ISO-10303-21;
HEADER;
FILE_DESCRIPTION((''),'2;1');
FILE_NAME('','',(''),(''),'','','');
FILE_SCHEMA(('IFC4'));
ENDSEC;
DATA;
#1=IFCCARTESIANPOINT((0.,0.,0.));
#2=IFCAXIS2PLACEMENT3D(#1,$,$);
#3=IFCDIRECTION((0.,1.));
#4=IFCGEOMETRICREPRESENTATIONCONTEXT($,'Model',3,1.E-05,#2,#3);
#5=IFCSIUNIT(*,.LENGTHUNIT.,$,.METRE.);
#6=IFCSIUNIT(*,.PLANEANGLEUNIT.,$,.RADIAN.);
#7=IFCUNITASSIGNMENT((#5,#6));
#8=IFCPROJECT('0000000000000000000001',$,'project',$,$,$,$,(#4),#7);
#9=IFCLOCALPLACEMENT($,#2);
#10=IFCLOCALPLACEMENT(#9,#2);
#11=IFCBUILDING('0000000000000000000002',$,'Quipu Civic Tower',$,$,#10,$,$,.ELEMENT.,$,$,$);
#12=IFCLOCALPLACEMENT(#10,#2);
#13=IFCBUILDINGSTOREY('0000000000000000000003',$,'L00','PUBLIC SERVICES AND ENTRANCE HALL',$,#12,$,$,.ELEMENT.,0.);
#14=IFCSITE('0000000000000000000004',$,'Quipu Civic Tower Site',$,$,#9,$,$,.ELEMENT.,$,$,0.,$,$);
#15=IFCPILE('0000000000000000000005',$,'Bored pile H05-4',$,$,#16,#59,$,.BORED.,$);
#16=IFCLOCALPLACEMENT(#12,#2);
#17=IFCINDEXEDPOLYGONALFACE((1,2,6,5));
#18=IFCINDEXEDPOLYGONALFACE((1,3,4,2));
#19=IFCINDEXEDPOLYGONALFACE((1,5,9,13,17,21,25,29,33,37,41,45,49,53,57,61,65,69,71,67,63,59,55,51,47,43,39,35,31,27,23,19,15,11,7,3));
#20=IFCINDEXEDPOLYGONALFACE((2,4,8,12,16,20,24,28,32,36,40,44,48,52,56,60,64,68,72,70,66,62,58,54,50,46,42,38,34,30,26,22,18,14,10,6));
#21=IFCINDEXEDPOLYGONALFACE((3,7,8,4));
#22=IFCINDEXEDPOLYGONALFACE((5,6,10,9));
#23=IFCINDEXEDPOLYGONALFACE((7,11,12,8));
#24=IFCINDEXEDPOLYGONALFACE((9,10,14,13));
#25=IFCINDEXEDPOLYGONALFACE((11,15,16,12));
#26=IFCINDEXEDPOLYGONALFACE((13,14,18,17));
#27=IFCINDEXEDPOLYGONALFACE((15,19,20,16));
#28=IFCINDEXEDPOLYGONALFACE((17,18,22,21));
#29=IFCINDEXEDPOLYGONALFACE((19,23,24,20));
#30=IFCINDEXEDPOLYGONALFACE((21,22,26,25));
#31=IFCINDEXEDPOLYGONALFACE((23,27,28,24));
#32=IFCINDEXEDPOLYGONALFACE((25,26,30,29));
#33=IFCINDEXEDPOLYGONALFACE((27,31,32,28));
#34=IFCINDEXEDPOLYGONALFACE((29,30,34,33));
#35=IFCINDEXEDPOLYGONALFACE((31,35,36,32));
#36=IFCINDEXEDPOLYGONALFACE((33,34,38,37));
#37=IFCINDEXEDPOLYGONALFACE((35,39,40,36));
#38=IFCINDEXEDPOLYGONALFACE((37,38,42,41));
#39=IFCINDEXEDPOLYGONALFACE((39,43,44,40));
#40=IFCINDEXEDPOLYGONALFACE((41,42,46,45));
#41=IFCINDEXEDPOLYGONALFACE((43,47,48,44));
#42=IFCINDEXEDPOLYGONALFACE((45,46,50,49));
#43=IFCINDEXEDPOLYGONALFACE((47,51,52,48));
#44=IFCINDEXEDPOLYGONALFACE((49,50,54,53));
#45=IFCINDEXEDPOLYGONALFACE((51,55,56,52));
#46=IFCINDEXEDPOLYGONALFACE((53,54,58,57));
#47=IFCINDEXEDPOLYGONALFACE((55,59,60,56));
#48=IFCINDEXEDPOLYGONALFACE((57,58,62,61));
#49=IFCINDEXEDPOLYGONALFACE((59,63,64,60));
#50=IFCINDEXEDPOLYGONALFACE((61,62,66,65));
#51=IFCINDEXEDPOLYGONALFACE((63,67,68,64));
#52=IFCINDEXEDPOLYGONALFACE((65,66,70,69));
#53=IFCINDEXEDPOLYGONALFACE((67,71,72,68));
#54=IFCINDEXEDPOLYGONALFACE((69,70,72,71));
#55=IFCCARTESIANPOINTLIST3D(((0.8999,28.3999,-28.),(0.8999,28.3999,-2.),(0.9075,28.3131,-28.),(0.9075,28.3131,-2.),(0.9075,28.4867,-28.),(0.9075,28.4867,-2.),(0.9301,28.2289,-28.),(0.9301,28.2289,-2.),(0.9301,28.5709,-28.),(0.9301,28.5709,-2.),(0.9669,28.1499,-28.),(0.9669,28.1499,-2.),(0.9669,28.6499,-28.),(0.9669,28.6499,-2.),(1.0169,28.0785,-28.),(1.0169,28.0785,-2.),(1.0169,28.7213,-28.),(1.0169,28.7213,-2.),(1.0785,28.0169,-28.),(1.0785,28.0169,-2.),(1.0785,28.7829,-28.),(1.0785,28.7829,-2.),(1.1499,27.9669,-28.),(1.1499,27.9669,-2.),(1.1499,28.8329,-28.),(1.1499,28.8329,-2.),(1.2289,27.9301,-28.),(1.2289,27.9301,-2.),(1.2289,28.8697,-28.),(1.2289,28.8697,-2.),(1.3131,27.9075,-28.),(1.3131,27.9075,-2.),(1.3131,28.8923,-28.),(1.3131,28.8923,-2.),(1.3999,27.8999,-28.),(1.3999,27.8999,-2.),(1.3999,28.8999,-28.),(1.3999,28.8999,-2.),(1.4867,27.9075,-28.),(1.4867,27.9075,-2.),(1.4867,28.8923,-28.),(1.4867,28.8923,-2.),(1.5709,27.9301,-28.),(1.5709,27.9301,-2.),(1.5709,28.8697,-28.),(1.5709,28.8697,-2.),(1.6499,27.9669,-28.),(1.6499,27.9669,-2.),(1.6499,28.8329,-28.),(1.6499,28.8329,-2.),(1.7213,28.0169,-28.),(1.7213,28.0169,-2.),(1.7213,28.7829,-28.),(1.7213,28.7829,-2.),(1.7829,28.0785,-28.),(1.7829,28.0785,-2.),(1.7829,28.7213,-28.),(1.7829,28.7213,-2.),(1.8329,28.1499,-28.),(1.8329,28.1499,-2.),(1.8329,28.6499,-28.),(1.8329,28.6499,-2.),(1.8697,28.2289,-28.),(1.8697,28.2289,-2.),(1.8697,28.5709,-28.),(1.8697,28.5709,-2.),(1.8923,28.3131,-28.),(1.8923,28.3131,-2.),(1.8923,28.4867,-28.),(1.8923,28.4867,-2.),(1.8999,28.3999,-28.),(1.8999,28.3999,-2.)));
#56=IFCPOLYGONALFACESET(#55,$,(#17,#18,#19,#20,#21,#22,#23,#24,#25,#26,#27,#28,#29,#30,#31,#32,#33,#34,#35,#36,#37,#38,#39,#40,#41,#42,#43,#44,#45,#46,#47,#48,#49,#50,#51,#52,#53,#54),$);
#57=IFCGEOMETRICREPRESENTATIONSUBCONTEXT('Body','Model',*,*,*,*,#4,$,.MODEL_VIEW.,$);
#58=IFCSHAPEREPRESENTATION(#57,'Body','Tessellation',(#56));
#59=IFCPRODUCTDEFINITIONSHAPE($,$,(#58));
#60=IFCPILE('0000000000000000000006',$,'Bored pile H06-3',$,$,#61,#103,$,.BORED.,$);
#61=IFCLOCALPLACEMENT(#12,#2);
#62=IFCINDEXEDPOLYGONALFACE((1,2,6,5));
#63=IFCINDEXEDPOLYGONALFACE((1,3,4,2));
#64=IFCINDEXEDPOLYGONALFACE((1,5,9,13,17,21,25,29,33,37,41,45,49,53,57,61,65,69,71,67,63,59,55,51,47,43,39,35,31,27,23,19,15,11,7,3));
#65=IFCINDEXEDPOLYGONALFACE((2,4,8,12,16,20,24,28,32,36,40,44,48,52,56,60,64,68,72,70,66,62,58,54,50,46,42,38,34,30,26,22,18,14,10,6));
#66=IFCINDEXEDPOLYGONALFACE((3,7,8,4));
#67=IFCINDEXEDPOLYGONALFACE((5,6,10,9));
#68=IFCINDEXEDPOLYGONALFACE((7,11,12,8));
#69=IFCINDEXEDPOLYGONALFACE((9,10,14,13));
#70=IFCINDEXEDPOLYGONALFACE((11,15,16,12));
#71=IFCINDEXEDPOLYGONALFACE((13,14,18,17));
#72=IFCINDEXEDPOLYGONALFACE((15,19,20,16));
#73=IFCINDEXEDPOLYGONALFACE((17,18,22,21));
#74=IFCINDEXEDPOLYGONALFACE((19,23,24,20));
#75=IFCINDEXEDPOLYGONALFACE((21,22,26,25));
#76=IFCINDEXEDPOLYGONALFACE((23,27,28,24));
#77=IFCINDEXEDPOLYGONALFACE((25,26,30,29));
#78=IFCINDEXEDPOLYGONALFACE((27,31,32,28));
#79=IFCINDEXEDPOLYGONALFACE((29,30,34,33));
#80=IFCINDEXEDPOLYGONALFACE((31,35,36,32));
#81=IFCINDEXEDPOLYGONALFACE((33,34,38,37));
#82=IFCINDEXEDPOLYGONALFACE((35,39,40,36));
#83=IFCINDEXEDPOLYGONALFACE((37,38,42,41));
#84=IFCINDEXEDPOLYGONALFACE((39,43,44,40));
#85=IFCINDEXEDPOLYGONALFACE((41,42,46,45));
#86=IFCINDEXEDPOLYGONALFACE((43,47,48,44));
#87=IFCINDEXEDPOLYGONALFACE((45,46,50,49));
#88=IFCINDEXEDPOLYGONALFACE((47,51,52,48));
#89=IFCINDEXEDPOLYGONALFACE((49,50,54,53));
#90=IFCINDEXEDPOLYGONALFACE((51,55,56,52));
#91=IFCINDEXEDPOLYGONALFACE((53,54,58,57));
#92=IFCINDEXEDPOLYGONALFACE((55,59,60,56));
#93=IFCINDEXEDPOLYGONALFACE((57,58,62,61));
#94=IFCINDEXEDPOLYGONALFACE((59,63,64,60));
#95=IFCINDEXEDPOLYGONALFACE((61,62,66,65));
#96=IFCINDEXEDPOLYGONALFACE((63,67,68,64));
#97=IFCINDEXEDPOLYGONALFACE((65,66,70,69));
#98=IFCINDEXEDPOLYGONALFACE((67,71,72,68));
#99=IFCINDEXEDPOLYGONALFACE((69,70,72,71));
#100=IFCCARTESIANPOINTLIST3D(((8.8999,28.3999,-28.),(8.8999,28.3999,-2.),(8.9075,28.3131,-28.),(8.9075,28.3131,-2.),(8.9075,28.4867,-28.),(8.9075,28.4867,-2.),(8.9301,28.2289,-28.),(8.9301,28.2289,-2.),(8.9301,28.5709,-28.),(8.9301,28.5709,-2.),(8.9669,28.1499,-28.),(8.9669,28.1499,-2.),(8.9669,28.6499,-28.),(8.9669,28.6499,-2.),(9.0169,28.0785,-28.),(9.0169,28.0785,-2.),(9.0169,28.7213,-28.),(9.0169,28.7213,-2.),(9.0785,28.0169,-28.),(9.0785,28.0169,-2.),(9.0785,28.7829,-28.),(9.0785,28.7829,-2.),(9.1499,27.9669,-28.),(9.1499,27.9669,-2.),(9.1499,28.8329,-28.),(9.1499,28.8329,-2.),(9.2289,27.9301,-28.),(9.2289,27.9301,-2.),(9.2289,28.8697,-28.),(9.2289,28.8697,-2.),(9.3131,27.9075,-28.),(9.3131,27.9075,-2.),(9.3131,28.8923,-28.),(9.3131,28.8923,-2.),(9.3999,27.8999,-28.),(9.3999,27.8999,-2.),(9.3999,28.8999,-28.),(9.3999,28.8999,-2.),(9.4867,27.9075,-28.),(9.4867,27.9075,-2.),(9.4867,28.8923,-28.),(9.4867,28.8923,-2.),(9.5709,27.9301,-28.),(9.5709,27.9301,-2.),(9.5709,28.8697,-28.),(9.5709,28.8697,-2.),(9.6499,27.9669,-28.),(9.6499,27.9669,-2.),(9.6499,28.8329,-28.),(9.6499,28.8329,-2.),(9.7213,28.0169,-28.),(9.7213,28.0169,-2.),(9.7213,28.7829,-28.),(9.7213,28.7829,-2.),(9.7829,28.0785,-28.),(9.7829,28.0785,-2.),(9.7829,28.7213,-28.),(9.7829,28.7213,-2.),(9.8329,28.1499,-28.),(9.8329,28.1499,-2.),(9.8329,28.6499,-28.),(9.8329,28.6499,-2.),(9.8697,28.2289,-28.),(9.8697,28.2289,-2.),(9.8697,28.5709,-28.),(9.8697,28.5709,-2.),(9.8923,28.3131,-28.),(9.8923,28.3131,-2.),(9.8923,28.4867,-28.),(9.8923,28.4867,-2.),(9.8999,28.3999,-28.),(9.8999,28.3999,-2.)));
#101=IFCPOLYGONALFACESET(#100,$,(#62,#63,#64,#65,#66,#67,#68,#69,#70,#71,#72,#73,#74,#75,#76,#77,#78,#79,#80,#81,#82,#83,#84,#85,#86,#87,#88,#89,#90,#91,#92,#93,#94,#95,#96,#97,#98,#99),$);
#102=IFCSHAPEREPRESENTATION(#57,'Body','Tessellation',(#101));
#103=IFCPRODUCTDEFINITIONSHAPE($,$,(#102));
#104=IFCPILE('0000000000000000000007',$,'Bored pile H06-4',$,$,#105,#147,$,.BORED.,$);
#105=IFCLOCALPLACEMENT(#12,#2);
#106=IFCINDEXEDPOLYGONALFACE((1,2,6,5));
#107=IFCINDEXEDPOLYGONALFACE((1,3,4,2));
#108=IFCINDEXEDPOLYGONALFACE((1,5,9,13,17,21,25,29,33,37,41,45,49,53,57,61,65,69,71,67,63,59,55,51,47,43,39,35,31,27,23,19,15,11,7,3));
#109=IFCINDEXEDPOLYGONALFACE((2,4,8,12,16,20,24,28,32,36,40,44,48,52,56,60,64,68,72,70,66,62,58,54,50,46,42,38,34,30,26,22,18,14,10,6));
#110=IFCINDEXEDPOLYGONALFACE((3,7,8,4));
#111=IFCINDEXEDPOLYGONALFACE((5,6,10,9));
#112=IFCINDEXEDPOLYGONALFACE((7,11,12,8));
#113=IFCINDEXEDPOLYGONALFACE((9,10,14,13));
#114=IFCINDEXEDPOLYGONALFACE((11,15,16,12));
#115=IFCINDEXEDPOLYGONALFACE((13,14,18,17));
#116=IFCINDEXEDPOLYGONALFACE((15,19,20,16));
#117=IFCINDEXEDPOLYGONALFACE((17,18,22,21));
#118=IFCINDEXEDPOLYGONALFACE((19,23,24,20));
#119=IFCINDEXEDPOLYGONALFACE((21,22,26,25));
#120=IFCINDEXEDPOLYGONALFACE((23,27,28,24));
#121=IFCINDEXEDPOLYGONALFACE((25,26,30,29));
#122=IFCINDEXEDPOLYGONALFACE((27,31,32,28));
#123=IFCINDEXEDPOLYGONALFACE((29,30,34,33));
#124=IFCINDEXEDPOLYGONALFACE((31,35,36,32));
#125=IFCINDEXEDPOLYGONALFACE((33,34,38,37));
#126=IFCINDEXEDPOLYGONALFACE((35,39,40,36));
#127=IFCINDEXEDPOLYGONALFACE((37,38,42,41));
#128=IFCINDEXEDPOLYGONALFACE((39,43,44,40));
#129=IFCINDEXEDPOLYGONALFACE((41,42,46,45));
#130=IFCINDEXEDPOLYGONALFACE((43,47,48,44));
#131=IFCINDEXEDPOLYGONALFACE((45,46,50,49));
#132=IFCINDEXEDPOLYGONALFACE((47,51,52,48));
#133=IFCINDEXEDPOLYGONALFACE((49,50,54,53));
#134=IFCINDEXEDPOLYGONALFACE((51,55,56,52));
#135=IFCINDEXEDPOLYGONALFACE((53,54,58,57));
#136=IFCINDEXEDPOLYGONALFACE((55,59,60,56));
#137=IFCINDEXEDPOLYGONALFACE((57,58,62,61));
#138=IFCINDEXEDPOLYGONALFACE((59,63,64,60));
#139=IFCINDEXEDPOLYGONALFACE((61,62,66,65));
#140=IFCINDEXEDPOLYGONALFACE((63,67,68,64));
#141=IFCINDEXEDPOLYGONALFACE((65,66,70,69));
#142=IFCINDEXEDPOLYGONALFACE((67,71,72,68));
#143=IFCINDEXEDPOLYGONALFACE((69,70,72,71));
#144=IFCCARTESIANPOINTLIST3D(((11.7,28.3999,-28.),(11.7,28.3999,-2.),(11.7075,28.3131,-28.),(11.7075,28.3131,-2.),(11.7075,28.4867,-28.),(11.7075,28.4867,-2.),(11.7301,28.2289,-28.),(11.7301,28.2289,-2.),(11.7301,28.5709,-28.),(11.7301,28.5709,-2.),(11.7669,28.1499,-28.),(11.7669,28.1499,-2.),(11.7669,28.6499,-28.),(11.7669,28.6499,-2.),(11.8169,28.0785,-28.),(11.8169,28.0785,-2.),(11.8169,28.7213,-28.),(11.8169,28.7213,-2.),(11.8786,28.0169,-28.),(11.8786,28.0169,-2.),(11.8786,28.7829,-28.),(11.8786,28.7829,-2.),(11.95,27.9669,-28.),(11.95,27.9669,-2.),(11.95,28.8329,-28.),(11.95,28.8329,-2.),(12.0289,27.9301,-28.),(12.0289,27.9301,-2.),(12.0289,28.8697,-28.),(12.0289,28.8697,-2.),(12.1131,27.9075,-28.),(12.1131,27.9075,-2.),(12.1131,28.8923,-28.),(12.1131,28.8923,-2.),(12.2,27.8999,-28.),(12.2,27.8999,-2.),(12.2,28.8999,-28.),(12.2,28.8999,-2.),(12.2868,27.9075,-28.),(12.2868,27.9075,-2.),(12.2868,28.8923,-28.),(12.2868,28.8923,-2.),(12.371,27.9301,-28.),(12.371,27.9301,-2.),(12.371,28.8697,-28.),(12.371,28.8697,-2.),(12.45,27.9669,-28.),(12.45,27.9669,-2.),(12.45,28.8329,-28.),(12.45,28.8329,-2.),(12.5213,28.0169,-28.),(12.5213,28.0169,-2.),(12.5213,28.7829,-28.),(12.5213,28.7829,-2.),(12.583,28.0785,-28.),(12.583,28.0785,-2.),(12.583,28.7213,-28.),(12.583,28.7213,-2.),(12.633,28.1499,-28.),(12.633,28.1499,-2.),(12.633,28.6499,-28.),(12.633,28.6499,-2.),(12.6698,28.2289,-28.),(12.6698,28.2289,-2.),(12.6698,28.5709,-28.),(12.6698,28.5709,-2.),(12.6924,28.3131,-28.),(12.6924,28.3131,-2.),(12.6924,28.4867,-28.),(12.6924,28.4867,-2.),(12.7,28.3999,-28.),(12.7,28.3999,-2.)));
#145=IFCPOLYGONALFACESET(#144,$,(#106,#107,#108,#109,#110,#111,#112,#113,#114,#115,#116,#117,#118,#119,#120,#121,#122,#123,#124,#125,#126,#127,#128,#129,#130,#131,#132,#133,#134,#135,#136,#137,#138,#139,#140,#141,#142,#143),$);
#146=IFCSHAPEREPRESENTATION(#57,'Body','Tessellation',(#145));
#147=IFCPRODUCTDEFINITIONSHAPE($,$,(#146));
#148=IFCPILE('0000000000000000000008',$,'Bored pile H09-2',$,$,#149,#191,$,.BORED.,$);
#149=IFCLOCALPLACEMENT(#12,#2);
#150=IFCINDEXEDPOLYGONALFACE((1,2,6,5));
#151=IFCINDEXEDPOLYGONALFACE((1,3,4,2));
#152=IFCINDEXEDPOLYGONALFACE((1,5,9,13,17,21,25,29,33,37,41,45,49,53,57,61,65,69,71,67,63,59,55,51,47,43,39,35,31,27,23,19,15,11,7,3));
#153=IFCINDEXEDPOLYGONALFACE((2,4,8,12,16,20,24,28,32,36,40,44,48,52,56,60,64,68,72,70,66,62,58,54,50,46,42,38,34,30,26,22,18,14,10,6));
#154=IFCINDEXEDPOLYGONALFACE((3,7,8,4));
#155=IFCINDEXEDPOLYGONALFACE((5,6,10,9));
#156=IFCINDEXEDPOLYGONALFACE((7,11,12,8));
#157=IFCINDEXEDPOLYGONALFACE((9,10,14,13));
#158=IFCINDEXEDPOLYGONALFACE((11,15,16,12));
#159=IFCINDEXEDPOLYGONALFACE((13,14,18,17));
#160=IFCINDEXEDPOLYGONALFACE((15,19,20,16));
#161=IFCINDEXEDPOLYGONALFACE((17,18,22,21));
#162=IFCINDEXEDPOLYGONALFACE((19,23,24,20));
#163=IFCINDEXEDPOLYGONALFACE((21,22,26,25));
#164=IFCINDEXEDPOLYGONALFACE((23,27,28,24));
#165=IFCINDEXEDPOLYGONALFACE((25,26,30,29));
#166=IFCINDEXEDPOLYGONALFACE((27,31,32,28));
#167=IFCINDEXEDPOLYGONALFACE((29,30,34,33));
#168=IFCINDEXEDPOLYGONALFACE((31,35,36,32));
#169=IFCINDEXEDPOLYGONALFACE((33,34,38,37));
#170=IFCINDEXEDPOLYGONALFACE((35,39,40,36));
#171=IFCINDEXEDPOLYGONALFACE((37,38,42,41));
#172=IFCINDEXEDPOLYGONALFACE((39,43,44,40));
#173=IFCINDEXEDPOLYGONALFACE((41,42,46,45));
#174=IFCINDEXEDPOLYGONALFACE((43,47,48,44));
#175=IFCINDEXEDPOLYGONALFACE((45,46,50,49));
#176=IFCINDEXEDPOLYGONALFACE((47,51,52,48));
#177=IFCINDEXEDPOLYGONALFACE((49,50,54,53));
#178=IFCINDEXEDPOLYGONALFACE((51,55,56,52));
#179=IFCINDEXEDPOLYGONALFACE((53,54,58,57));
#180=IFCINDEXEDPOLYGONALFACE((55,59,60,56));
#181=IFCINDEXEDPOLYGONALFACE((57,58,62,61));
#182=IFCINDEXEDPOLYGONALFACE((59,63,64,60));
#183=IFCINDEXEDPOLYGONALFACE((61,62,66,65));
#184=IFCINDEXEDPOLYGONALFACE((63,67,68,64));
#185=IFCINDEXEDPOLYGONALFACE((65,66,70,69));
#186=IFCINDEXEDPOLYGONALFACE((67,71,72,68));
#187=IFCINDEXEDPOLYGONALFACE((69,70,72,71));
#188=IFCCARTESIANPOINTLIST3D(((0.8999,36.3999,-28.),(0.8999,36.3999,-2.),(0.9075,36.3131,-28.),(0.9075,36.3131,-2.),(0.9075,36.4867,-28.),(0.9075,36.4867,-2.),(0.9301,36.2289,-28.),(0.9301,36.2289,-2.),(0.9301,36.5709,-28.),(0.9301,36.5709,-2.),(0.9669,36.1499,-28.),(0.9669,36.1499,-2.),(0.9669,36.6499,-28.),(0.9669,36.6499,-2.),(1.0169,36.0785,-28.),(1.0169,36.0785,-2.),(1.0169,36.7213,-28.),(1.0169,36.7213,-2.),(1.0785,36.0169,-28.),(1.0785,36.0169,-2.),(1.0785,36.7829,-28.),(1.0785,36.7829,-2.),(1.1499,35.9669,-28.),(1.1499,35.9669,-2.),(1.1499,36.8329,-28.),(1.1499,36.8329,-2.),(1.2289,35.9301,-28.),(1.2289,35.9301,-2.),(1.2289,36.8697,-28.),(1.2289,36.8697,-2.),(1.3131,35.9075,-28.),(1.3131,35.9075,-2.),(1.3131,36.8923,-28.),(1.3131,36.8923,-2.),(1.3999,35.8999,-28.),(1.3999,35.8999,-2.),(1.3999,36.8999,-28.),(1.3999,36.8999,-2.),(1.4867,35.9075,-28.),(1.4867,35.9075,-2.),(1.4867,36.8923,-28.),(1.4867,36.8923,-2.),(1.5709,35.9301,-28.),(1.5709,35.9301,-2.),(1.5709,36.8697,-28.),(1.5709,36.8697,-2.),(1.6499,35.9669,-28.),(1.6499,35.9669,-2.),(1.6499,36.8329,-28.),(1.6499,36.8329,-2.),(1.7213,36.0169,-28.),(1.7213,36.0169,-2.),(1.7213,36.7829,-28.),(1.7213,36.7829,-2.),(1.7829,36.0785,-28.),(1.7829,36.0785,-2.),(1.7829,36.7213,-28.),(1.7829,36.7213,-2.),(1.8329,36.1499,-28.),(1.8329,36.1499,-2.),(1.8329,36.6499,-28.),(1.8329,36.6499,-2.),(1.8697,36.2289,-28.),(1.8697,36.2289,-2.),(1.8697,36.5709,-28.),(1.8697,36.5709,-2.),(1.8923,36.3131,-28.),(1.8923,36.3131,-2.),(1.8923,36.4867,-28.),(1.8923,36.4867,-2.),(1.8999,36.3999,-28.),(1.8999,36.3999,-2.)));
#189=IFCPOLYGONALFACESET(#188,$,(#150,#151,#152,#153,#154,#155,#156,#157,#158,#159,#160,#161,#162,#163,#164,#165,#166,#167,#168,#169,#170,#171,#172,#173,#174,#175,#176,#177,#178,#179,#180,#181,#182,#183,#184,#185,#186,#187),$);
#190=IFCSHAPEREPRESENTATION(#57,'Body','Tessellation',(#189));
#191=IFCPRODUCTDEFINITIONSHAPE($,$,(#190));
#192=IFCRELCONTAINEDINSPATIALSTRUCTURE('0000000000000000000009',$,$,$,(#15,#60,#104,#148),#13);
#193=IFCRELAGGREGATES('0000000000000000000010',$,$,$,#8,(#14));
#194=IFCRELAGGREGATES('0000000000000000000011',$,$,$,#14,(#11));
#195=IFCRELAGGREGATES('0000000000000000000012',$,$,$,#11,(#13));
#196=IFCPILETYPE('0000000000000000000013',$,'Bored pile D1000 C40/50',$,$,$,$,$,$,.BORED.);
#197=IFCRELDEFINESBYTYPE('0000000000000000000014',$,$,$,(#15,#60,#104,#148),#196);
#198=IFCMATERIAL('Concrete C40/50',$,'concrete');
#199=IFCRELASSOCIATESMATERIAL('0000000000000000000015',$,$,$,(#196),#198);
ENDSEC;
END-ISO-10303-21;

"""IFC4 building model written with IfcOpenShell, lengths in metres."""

from ifc_helpers import new_model, si_unit, direction, frame, origin, origin_2d, place, context, subcontext, project, spatial, circle, extrude, material, material_profile, profile_set, type_object, element, save


model = new_model("IFC4")

# Units and contexts
model_context = context("Model", 3, precision=1e-05, world=origin(), true_north=direction((0.0, 1.0)))
body_context = subcontext(model_context, "Body", "Model", "MODEL_VIEW")
ifc_project = project(units=[si_unit("LENGTHUNIT", "METRE"), si_unit("PLANEANGLEUNIT", "RADIAN")], contexts=[model_context])

# Site, building, storey
site_placement = place(None, origin())
site = spatial("IfcSite", under=ifc_project, at=site_placement, Name="Quipu Civic Tower Site", CompositionType="ELEMENT", RefElevation=0.0)
building_placement = place(site_placement, origin())
building = spatial("IfcBuilding", under=site, at=building_placement, Name="Quipu Civic Tower", CompositionType="ELEMENT")
storey_placement = place(building_placement, origin())
storey = spatial("IfcBuildingStorey", under=building, at=storey_placement, Name="L00", Description="PUBLIC SERVICES AND ENTRANCE HALL", CompositionType="ELEMENT", Elevation=0.0)

# Piles
ifc_material_1 = material(Name="Concrete C40/50", Category="concrete")
ifc_material_profile_1 = material_profile(ifc_material_1, circle(Radius=0.5, at=origin_2d()), Name="RCD1000")
ifc_profile_set_1 = profile_set([ifc_material_profile_1], Name="Concrete C40/50")
pile_type = type_object("IfcPileType", Name="Bored pile D1000 C40/50", PredefinedType="BORED", material=ifc_profile_set_1)
for number, where, z_axis, x_axis, name in (
    (1, (1.3999, 28.3999, -2.0), (0.0, 0.0, -1.0), (1.0, 0.0, 0.0), "Bored pile H05-4"),
    (2, (9.3999, 28.3999, -2.0), (0.0, 0.0, -1.0), (1.0, 0.0, 0.0), "Bored pile H06-3"),
    (3, (12.2, 28.3999, -2.0), (0.0, 0.0, -1.0), (1.0, 0.0, 0.0), "Bored pile H06-4"),
    (4, (1.3999, 36.3999, -2.0), (0.0, 0.0, -1.0), (1.0, 0.0, 0.0), "Bored pile H09-2"),
):
    element("IfcPile", number, at=place(storey_placement, frame(where, z_axis=z_axis, x_axis=x_axis)), inside=storey, type_object=pile_type, Name=name, PredefinedType="BORED", context=body_context, shape_type="SweptSolid", body=[
        extrude(circle(Radius=0.5, at=origin_2d()), origin(), (0.0, 0.0, 1.0), 26.0),
    ])

save(model, "model.ifc")
